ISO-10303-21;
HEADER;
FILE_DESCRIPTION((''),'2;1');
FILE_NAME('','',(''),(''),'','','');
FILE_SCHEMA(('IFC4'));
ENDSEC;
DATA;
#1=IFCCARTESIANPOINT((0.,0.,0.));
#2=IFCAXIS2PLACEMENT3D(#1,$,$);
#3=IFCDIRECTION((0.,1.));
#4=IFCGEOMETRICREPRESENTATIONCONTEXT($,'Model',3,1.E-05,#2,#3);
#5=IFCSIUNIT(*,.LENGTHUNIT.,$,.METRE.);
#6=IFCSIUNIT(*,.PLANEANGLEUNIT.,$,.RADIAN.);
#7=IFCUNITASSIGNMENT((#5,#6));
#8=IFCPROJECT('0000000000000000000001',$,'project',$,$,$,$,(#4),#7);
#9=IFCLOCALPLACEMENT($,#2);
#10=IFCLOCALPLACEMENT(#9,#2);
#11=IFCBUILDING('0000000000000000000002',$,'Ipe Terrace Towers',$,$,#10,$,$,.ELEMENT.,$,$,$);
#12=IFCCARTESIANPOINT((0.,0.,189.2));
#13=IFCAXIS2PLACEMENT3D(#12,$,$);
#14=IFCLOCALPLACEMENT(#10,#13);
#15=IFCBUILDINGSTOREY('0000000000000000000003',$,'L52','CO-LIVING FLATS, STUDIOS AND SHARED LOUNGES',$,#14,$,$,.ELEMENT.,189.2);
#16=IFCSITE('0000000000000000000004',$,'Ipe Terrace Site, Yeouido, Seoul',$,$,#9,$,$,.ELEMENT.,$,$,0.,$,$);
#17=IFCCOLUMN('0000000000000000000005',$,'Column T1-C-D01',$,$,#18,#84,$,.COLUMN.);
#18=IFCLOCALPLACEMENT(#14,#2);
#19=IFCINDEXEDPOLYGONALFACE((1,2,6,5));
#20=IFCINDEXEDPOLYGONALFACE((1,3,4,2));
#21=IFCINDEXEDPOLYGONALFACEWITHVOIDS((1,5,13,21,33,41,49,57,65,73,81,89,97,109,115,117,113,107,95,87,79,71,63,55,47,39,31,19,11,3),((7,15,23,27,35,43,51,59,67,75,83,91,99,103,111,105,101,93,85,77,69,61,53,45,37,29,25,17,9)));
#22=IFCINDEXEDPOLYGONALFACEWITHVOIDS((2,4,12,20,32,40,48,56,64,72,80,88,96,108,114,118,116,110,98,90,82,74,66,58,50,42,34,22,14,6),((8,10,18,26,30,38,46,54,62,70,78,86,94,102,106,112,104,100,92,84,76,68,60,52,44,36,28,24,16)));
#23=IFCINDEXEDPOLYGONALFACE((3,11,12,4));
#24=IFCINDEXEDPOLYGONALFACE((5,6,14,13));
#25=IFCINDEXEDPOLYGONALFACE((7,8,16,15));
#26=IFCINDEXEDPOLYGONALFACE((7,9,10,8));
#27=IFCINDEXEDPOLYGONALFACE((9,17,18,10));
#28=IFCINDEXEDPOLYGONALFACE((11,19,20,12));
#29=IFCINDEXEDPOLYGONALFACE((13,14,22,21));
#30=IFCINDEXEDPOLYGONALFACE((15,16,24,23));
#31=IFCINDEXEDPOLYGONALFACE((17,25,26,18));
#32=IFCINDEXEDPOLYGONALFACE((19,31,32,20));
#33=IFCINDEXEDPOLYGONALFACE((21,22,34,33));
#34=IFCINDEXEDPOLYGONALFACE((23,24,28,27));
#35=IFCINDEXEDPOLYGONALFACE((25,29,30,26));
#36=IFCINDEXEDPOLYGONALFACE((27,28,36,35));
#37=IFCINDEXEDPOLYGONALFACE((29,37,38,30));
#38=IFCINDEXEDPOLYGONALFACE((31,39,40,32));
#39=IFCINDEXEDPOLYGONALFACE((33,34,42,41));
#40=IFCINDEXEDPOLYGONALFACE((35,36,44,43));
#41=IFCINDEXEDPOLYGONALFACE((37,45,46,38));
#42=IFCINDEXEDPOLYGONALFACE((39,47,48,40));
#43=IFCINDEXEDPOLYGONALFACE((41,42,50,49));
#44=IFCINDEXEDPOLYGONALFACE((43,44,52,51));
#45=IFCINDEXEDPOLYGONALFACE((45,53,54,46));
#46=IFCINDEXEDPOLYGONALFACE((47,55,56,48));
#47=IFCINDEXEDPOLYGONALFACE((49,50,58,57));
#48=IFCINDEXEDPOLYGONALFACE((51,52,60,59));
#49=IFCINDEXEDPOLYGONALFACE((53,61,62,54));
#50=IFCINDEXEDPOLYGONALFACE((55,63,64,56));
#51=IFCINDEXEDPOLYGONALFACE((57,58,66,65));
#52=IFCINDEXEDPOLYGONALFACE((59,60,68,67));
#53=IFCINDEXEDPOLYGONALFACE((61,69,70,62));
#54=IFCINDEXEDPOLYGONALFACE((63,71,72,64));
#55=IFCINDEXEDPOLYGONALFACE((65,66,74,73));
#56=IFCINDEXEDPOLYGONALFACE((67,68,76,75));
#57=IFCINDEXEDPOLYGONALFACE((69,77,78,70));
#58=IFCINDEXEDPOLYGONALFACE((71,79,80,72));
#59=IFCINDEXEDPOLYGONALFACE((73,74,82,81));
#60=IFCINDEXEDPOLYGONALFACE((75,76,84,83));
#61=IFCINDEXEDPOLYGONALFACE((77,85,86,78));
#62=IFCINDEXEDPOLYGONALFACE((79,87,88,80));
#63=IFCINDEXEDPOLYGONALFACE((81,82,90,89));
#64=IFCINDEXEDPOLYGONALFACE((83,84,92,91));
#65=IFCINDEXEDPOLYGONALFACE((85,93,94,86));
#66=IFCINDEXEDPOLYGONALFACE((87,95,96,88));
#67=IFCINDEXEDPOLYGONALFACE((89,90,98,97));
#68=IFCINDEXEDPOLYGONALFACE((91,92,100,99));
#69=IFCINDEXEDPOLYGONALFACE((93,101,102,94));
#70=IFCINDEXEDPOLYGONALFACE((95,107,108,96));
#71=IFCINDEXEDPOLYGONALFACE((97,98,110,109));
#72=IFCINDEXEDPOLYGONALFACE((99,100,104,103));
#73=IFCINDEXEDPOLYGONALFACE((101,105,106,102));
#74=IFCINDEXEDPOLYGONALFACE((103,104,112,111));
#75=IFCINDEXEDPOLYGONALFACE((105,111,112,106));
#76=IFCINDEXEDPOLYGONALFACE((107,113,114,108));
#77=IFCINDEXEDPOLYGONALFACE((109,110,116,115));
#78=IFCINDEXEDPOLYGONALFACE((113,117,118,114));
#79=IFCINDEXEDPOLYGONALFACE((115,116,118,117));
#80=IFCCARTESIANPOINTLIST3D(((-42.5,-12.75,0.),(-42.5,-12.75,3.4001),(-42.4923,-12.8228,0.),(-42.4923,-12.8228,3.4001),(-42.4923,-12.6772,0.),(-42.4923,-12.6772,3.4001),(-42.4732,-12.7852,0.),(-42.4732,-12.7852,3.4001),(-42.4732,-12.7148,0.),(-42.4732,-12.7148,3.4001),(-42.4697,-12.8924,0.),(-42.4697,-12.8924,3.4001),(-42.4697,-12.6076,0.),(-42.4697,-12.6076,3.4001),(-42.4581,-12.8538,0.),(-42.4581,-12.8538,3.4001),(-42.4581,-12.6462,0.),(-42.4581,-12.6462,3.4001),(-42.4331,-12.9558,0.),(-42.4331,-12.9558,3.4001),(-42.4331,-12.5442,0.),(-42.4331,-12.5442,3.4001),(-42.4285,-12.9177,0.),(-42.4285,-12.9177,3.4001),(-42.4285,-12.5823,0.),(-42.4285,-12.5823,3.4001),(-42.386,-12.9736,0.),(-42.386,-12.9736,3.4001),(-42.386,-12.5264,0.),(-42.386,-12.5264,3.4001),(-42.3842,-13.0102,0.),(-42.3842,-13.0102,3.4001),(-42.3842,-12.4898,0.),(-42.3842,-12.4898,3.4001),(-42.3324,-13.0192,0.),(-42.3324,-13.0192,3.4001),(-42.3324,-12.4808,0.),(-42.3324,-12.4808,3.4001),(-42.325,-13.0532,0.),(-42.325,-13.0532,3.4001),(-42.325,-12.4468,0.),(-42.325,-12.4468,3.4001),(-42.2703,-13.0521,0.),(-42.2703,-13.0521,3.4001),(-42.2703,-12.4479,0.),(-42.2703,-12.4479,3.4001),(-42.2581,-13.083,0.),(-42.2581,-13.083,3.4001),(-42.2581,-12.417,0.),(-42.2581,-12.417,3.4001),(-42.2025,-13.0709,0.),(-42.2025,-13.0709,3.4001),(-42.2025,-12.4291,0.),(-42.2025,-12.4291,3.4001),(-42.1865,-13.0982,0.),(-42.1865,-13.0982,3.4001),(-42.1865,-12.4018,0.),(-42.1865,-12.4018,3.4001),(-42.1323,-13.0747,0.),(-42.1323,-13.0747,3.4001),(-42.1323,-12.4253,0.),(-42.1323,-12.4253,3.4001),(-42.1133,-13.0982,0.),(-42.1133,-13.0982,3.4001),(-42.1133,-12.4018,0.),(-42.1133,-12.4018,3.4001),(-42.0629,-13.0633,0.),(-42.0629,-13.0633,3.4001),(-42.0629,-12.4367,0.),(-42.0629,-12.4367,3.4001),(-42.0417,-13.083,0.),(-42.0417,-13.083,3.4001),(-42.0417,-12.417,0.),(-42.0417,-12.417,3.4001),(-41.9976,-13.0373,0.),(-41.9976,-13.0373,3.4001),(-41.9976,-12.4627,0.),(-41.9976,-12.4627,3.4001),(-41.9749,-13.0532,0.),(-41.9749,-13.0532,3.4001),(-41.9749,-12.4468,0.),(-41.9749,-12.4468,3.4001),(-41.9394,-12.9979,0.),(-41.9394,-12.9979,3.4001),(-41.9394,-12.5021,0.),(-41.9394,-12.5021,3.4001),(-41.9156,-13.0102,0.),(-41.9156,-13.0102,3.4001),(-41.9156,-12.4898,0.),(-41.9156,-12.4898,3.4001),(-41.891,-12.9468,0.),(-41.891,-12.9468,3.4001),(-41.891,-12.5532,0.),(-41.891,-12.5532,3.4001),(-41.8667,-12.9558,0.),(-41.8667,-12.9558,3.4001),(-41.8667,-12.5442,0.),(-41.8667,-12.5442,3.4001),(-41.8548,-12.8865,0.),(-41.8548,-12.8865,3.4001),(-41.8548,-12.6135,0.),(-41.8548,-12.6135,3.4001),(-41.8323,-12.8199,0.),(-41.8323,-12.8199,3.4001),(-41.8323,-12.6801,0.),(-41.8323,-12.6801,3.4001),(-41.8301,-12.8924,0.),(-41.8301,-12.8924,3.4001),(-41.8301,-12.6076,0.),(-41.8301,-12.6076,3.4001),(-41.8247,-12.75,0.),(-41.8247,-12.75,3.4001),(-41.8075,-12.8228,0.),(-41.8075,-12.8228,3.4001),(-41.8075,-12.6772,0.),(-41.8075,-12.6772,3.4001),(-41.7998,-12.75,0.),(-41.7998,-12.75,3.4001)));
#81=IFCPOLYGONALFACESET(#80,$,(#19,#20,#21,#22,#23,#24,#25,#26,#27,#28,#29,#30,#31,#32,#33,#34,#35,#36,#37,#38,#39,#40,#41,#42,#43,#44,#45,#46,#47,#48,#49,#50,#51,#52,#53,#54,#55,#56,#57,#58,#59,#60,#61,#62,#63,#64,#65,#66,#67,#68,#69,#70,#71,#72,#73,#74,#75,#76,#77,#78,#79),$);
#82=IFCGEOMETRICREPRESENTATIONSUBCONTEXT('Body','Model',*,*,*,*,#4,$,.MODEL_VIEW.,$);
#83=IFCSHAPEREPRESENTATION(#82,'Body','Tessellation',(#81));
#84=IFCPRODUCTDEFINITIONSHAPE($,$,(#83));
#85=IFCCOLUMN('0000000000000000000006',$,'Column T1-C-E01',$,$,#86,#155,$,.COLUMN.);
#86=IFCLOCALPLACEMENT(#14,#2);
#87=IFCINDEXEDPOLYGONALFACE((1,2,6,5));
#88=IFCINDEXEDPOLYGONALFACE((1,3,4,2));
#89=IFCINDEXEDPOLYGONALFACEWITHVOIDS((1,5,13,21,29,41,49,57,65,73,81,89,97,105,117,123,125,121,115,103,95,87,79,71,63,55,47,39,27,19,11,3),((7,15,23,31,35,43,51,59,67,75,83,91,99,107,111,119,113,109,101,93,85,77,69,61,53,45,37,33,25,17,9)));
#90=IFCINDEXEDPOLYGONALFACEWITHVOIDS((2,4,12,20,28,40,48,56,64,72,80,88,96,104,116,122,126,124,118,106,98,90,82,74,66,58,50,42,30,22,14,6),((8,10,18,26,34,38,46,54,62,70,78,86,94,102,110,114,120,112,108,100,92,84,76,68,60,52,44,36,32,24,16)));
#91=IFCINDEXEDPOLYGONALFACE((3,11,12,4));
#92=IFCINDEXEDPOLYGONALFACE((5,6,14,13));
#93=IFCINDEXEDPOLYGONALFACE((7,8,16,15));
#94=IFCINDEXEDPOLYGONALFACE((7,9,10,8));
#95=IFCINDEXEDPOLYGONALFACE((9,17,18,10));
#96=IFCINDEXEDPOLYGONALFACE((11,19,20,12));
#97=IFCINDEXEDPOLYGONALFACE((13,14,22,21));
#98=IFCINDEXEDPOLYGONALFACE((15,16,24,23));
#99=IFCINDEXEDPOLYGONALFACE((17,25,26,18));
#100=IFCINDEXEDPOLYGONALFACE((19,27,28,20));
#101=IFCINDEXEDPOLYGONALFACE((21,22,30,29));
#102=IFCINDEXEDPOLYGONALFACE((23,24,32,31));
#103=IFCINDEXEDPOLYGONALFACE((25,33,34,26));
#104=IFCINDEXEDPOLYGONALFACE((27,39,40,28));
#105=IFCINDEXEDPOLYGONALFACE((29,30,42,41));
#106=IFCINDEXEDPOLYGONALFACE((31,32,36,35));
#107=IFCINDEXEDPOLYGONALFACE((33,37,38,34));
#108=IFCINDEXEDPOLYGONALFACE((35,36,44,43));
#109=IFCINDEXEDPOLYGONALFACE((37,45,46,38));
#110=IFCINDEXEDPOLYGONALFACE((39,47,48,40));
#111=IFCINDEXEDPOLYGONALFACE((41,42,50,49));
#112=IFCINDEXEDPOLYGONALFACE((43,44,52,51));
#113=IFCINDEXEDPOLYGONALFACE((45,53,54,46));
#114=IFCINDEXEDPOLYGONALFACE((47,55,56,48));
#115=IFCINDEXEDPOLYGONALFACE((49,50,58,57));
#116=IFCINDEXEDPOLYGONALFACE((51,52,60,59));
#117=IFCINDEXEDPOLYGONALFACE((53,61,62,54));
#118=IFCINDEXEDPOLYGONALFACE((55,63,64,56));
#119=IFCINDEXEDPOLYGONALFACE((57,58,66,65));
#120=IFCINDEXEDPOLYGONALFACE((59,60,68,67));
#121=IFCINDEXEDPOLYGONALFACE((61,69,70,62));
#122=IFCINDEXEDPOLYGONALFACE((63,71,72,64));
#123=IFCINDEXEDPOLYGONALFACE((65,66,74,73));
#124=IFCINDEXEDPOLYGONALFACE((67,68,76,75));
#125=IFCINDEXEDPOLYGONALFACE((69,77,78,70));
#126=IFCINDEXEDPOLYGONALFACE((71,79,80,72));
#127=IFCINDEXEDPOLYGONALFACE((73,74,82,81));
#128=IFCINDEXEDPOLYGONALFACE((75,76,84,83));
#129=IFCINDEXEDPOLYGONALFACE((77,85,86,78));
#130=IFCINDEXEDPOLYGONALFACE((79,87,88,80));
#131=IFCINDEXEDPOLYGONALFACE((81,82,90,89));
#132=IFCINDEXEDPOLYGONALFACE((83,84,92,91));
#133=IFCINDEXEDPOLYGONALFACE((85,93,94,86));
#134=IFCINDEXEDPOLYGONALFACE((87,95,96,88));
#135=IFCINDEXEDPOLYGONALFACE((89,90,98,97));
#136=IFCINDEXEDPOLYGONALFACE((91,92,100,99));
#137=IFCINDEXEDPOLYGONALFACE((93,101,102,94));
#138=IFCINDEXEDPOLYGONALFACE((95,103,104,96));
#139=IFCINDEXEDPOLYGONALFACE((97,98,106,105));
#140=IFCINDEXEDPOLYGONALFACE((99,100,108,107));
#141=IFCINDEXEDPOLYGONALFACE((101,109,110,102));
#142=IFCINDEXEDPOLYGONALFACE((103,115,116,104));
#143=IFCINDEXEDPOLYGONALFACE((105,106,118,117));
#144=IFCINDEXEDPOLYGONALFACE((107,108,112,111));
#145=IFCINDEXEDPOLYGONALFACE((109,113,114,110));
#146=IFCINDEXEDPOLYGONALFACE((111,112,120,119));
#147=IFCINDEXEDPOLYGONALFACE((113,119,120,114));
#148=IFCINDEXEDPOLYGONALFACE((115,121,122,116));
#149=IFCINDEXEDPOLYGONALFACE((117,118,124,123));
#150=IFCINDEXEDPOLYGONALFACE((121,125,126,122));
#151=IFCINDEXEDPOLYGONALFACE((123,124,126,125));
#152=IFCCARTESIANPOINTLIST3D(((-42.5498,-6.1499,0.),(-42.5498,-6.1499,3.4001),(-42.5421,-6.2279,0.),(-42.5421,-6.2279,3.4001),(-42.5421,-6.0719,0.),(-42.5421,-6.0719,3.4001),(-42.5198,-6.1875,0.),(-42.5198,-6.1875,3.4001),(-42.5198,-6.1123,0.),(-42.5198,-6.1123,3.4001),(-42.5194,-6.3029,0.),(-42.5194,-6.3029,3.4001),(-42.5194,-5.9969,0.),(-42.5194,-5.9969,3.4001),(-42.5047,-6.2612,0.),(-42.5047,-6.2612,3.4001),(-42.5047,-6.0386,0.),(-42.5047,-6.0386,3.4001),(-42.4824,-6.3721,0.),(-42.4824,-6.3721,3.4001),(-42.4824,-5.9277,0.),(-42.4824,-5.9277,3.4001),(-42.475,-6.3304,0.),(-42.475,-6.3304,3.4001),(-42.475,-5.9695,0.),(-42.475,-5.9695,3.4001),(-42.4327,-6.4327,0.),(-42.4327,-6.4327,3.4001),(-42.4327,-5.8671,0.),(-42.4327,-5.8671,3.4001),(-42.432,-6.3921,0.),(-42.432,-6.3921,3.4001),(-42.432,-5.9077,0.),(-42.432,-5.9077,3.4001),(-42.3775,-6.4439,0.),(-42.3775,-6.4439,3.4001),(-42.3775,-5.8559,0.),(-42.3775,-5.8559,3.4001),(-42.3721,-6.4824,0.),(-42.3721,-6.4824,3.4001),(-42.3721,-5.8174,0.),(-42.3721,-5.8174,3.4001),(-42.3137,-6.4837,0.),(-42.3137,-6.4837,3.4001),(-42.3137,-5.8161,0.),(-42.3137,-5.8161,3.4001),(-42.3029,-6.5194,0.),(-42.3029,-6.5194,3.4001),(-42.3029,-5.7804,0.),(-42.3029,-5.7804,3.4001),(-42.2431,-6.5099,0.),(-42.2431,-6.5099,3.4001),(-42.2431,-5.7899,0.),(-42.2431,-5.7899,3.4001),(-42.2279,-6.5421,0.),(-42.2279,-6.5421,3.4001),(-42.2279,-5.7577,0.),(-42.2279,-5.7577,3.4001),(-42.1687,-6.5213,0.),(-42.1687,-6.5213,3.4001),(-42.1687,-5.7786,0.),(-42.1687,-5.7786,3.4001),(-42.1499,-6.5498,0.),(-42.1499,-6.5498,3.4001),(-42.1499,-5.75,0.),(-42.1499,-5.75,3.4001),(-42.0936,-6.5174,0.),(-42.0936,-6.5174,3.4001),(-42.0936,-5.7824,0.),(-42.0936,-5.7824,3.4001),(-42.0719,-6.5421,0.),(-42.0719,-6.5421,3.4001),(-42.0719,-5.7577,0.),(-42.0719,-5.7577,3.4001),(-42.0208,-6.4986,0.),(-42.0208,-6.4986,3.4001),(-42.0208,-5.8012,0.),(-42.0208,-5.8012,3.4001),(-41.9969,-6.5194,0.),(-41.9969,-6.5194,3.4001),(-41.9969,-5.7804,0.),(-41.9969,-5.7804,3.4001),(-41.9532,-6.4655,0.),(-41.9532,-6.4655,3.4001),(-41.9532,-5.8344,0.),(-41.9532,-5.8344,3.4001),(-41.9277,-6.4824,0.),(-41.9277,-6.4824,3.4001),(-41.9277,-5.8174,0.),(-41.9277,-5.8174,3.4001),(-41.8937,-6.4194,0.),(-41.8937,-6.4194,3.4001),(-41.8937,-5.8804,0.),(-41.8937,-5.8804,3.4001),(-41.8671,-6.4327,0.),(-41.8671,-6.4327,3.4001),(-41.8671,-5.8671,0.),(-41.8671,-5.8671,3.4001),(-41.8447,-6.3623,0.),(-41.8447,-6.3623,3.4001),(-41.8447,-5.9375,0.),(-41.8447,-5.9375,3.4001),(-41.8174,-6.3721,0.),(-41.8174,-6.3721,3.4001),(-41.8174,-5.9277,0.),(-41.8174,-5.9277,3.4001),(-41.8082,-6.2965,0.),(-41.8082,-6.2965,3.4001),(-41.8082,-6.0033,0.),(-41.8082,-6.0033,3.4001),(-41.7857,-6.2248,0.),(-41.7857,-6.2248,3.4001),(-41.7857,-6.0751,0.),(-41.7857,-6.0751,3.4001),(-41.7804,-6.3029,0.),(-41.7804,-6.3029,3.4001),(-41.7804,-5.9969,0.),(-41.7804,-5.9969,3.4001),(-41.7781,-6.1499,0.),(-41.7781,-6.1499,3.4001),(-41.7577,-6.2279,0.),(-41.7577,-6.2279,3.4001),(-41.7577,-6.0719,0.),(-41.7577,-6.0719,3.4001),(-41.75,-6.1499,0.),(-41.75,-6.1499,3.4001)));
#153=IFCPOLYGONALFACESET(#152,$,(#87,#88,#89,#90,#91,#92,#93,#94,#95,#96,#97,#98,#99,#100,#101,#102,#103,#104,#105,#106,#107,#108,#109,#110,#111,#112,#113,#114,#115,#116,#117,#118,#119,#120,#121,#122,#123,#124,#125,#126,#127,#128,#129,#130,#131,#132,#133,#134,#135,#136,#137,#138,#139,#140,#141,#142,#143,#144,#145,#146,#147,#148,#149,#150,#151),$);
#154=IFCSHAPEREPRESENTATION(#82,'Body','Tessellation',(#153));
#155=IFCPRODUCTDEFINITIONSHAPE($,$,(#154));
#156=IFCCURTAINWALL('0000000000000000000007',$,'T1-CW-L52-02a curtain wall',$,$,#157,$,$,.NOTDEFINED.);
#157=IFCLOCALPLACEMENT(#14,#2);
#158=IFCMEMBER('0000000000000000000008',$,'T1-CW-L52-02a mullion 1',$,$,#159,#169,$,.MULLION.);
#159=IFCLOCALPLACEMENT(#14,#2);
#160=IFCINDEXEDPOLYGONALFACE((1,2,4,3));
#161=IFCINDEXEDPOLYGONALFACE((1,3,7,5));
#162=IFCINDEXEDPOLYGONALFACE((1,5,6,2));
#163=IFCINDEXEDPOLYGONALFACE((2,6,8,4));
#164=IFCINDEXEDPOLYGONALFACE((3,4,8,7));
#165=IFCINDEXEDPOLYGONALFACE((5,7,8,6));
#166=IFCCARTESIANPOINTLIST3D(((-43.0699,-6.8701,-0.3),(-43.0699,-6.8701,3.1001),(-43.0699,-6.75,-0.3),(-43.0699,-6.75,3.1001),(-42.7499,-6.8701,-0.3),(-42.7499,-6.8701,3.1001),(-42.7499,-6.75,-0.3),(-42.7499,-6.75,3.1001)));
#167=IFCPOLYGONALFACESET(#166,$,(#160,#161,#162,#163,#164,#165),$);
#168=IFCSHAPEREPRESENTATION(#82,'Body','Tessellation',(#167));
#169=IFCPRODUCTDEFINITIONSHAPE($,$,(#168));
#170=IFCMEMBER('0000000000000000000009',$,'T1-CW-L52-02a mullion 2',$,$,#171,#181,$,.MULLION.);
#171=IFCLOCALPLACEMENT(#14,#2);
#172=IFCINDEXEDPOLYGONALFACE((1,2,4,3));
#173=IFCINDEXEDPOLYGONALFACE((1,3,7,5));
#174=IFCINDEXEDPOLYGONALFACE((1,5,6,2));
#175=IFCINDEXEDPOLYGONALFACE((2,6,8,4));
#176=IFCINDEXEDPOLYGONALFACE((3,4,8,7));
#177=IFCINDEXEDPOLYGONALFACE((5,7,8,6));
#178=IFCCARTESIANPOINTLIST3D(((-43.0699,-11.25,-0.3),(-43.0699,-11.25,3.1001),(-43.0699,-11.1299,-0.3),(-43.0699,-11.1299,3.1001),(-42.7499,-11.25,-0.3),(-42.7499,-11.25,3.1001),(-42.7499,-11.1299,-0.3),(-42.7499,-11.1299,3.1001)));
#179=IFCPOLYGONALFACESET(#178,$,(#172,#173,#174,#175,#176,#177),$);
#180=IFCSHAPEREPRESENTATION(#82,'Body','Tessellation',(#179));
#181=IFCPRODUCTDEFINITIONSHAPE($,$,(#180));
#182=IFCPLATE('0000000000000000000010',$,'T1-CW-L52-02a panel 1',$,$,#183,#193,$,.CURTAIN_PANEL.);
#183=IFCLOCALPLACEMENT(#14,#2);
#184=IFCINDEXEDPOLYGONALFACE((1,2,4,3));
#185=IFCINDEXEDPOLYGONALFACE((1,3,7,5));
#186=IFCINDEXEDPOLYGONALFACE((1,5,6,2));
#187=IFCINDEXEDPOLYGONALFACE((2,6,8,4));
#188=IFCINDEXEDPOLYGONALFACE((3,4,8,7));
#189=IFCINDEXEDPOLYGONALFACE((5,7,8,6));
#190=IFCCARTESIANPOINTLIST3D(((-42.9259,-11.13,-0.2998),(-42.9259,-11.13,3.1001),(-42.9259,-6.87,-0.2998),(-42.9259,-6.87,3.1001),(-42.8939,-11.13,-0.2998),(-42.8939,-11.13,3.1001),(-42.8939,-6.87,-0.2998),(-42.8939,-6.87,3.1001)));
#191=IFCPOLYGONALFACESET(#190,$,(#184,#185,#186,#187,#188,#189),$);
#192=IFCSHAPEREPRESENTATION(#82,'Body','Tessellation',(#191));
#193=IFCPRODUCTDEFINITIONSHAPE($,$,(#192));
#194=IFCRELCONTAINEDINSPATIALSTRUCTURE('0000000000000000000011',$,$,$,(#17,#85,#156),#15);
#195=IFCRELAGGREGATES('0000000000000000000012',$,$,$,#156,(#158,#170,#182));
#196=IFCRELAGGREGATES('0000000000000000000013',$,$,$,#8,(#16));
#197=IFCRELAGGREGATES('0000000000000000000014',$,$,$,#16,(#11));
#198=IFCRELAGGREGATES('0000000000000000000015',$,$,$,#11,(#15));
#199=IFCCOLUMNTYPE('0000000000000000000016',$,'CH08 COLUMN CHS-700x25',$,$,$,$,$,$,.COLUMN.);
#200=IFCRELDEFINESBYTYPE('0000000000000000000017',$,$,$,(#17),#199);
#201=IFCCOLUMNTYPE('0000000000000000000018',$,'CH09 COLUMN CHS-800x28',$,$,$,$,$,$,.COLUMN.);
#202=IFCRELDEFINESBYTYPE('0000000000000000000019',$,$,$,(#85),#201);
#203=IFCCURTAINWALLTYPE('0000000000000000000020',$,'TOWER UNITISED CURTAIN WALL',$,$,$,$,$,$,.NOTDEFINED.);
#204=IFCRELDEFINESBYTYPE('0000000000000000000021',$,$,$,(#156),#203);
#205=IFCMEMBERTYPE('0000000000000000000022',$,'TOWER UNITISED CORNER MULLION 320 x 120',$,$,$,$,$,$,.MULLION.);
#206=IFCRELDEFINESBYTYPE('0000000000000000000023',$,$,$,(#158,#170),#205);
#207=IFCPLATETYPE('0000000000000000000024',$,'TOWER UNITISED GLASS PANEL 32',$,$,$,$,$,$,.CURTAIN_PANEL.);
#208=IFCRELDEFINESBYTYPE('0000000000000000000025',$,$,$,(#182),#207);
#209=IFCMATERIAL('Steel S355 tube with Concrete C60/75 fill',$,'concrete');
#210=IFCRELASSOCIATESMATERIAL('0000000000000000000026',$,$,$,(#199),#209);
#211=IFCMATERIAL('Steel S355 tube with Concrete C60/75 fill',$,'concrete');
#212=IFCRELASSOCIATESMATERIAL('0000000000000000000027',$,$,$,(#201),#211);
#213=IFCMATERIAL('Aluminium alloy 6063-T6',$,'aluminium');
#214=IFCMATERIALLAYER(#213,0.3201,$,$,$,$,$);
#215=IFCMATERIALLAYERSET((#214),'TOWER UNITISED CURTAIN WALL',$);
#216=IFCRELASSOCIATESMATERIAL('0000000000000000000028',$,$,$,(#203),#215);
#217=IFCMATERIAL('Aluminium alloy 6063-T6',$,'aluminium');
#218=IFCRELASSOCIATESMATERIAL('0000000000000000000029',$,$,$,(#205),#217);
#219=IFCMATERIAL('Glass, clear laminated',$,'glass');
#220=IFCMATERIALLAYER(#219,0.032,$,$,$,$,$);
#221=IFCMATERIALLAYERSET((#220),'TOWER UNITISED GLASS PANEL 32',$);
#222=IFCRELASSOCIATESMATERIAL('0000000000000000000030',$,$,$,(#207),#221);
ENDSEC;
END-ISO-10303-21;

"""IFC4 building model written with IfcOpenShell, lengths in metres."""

from ifc_helpers import new_model, si_unit, direction, frame, origin, origin_2d, place, context, subcontext, project, spatial, rectangle, hollow_circle, extrude, material, layer, layer_set, material_profile, profile_set, type_object, element, aggregate, save


model = new_model("IFC4")

# Units and contexts
model_context = context("Model", 3, precision=1e-05, world=origin(), true_north=direction((0.0, 1.0)))
body_context = subcontext(model_context, "Body", "Model", "MODEL_VIEW")
ifc_project = project(units=[si_unit("LENGTHUNIT", "METRE"), si_unit("PLANEANGLEUNIT", "RADIAN")], contexts=[model_context])

# Site, building, storey
site_placement = place(None, origin())
site = spatial("IfcSite", under=ifc_project, at=site_placement, Name="Ipe Terrace Site, Yeouido, Seoul", CompositionType="ELEMENT", RefElevation=0.0)
building_placement = place(site_placement, origin())
building = spatial("IfcBuilding", under=site, at=building_placement, Name="Ipe Terrace Towers", CompositionType="ELEMENT")
storey_placement = place(building_placement, frame((0.0, 0.0, 189.2)))
storey = spatial("IfcBuildingStorey", under=building, at=storey_placement, Name="L52", Description="CO-LIVING FLATS, STUDIOS AND SHARED LOUNGES", CompositionType="ELEMENT", Elevation=189.2)

# Columns
ifc_material_1 = material(Name="Steel S355 tube with Concrete C60/75 fill", Category="concrete")
ifc_material_profile_1 = material_profile(ifc_material_1, hollow_circle(Radius=0.3501, WallThickness=0.0249, at=origin_2d()), Name="CHS-700x25")
ifc_profile_set_1 = profile_set([ifc_material_profile_1], Name="Steel S355 tube with Concrete C60/75 fill")
column_type_1 = type_object("IfcColumnType", Name="CH08 COLUMN CHS-700x25", PredefinedType="COLUMN", material=ifc_profile_set_1)
column_1_placement = place(storey_placement, frame((-42.1499, -12.75, 0.0), z_axis=(0.0, 0.0, 1.0), x_axis=(1.0, 0.0, 0.0)))
element("IfcColumn", 1, at=column_1_placement, inside=storey, type_object=column_type_1, Name="Column T1-C-D01", PredefinedType="COLUMN", context=body_context, shape_type="SweptSolid", body=[
    extrude(hollow_circle(Radius=0.3501, WallThickness=0.0249, at=origin_2d()), origin(), (0.0, 0.0, 1.0), 3.4001),
])
ifc_material_2 = material(Name="Steel S355 tube with Concrete C60/75 fill", Category="concrete")
ifc_material_profile_2 = material_profile(ifc_material_2, hollow_circle(Radius=0.3999, WallThickness=0.0281, at=origin_2d()), Name="CHS-800x28")
ifc_profile_set_2 = profile_set([ifc_material_profile_2], Name="Steel S355 tube with Concrete C60/75 fill")
column_type_2 = type_object("IfcColumnType", Name="CH09 COLUMN CHS-800x28", PredefinedType="COLUMN", material=ifc_profile_set_2)
column_2_placement = place(storey_placement, frame((-42.1499, -6.1499, 0.0), z_axis=(0.0, 0.0, 1.0), x_axis=(1.0, 0.0, 0.0)))
element("IfcColumn", 2, at=column_2_placement, inside=storey, type_object=column_type_2, Name="Column T1-C-E01", PredefinedType="COLUMN", context=body_context, shape_type="SweptSolid", body=[
    extrude(hollow_circle(Radius=0.3999, WallThickness=0.0281, at=origin_2d()), origin(), (0.0, 0.0, 1.0), 3.4001),
])

# Curtain wall, members, plate
ifc_material_3 = material(Name="Aluminium alloy 6063-T6", Category="aluminium")
ifc_layer_1 = layer(ifc_material_3, 0.3201)
ifc_layer_set_1 = layer_set([ifc_layer_1], Name="TOWER UNITISED CURTAIN WALL")
curtain_wall_type = type_object("IfcCurtainWallType", Name="TOWER UNITISED CURTAIN WALL", PredefinedType="NOTDEFINED", material=ifc_layer_set_1)
curtain_wall_placement = place(storey_placement, origin())
curtain_wall = element("IfcCurtainWall", 3, at=curtain_wall_placement, inside=storey, type_object=curtain_wall_type, Name="T1-CW-L52-02a curtain wall", PredefinedType="NOTDEFINED")
ifc_material_4 = material(Name="Aluminium alloy 6063-T6", Category="aluminium")
ifc_material_profile_3 = material_profile(ifc_material_4, rectangle(XDim=0.3201, YDim=0.1201, at=origin_2d()), Name="TOWER UNITISED CORNER MULLION 320 x 120")
ifc_profile_set_3 = profile_set([ifc_material_profile_3], Name="Aluminium alloy 6063-T6")
member_type = type_object("IfcMemberType", Name="TOWER UNITISED CORNER MULLION 320 x 120", PredefinedType="MULLION", material=ifc_profile_set_3)
member_1_placement = place(storey_placement, frame((-42.9099, -6.8101, -0.3), z_axis=(0.0, 0.0, 1.0), x_axis=(-1.0, 0.0, 0.0)))
member_1 = element("IfcMember", 4, at=member_1_placement, type_object=member_type, Name="T1-CW-L52-02a mullion 1", PredefinedType="MULLION", context=body_context, shape_type="SweptSolid", body=[
    extrude(rectangle(XDim=0.3201, YDim=0.1201, at=origin_2d()), origin(), (0.0, 0.0, 1.0), 3.4001),
])
member_2_placement = place(storey_placement, frame((-42.9099, -11.1899, -0.3), z_axis=(0.0, 0.0, 1.0), x_axis=(-1.0, 0.0, 0.0)))
member_2 = element("IfcMember", 5, at=member_2_placement, type_object=member_type, Name="T1-CW-L52-02a mullion 2", PredefinedType="MULLION", context=body_context, shape_type="SweptSolid", body=[
    extrude(rectangle(XDim=0.3201, YDim=0.1201, at=origin_2d()), origin(), (0.0, 0.0, 1.0), 3.4001),
])
ifc_material_5 = material(Name="Glass, clear laminated", Category="glass")
ifc_layer_2 = layer(ifc_material_5, 0.032)
ifc_layer_set_2 = layer_set([ifc_layer_2], Name="TOWER UNITISED GLASS PANEL 32")
plate_type = type_object("IfcPlateType", Name="TOWER UNITISED GLASS PANEL 32", PredefinedType="CURTAIN_PANEL", material=ifc_layer_set_2)
plate_placement = place(storey_placement, frame((-42.9099, -9.0, -0.2998), z_axis=(0.0, 0.0, 1.0), x_axis=(0.0, -1.0, 0.0)))
plate = element("IfcPlate", 6, at=plate_placement, type_object=plate_type, Name="T1-CW-L52-02a panel 1", PredefinedType="CURTAIN_PANEL", context=body_context, shape_type="SweptSolid", body=[
    extrude(rectangle(XDim=4.26, YDim=0.032, at=origin_2d()), origin(), (0.0, 0.0, 1.0), 3.3999),
])
aggregate(curtain_wall, [member_1, member_2, plate])

save(model, "model.ifc")
